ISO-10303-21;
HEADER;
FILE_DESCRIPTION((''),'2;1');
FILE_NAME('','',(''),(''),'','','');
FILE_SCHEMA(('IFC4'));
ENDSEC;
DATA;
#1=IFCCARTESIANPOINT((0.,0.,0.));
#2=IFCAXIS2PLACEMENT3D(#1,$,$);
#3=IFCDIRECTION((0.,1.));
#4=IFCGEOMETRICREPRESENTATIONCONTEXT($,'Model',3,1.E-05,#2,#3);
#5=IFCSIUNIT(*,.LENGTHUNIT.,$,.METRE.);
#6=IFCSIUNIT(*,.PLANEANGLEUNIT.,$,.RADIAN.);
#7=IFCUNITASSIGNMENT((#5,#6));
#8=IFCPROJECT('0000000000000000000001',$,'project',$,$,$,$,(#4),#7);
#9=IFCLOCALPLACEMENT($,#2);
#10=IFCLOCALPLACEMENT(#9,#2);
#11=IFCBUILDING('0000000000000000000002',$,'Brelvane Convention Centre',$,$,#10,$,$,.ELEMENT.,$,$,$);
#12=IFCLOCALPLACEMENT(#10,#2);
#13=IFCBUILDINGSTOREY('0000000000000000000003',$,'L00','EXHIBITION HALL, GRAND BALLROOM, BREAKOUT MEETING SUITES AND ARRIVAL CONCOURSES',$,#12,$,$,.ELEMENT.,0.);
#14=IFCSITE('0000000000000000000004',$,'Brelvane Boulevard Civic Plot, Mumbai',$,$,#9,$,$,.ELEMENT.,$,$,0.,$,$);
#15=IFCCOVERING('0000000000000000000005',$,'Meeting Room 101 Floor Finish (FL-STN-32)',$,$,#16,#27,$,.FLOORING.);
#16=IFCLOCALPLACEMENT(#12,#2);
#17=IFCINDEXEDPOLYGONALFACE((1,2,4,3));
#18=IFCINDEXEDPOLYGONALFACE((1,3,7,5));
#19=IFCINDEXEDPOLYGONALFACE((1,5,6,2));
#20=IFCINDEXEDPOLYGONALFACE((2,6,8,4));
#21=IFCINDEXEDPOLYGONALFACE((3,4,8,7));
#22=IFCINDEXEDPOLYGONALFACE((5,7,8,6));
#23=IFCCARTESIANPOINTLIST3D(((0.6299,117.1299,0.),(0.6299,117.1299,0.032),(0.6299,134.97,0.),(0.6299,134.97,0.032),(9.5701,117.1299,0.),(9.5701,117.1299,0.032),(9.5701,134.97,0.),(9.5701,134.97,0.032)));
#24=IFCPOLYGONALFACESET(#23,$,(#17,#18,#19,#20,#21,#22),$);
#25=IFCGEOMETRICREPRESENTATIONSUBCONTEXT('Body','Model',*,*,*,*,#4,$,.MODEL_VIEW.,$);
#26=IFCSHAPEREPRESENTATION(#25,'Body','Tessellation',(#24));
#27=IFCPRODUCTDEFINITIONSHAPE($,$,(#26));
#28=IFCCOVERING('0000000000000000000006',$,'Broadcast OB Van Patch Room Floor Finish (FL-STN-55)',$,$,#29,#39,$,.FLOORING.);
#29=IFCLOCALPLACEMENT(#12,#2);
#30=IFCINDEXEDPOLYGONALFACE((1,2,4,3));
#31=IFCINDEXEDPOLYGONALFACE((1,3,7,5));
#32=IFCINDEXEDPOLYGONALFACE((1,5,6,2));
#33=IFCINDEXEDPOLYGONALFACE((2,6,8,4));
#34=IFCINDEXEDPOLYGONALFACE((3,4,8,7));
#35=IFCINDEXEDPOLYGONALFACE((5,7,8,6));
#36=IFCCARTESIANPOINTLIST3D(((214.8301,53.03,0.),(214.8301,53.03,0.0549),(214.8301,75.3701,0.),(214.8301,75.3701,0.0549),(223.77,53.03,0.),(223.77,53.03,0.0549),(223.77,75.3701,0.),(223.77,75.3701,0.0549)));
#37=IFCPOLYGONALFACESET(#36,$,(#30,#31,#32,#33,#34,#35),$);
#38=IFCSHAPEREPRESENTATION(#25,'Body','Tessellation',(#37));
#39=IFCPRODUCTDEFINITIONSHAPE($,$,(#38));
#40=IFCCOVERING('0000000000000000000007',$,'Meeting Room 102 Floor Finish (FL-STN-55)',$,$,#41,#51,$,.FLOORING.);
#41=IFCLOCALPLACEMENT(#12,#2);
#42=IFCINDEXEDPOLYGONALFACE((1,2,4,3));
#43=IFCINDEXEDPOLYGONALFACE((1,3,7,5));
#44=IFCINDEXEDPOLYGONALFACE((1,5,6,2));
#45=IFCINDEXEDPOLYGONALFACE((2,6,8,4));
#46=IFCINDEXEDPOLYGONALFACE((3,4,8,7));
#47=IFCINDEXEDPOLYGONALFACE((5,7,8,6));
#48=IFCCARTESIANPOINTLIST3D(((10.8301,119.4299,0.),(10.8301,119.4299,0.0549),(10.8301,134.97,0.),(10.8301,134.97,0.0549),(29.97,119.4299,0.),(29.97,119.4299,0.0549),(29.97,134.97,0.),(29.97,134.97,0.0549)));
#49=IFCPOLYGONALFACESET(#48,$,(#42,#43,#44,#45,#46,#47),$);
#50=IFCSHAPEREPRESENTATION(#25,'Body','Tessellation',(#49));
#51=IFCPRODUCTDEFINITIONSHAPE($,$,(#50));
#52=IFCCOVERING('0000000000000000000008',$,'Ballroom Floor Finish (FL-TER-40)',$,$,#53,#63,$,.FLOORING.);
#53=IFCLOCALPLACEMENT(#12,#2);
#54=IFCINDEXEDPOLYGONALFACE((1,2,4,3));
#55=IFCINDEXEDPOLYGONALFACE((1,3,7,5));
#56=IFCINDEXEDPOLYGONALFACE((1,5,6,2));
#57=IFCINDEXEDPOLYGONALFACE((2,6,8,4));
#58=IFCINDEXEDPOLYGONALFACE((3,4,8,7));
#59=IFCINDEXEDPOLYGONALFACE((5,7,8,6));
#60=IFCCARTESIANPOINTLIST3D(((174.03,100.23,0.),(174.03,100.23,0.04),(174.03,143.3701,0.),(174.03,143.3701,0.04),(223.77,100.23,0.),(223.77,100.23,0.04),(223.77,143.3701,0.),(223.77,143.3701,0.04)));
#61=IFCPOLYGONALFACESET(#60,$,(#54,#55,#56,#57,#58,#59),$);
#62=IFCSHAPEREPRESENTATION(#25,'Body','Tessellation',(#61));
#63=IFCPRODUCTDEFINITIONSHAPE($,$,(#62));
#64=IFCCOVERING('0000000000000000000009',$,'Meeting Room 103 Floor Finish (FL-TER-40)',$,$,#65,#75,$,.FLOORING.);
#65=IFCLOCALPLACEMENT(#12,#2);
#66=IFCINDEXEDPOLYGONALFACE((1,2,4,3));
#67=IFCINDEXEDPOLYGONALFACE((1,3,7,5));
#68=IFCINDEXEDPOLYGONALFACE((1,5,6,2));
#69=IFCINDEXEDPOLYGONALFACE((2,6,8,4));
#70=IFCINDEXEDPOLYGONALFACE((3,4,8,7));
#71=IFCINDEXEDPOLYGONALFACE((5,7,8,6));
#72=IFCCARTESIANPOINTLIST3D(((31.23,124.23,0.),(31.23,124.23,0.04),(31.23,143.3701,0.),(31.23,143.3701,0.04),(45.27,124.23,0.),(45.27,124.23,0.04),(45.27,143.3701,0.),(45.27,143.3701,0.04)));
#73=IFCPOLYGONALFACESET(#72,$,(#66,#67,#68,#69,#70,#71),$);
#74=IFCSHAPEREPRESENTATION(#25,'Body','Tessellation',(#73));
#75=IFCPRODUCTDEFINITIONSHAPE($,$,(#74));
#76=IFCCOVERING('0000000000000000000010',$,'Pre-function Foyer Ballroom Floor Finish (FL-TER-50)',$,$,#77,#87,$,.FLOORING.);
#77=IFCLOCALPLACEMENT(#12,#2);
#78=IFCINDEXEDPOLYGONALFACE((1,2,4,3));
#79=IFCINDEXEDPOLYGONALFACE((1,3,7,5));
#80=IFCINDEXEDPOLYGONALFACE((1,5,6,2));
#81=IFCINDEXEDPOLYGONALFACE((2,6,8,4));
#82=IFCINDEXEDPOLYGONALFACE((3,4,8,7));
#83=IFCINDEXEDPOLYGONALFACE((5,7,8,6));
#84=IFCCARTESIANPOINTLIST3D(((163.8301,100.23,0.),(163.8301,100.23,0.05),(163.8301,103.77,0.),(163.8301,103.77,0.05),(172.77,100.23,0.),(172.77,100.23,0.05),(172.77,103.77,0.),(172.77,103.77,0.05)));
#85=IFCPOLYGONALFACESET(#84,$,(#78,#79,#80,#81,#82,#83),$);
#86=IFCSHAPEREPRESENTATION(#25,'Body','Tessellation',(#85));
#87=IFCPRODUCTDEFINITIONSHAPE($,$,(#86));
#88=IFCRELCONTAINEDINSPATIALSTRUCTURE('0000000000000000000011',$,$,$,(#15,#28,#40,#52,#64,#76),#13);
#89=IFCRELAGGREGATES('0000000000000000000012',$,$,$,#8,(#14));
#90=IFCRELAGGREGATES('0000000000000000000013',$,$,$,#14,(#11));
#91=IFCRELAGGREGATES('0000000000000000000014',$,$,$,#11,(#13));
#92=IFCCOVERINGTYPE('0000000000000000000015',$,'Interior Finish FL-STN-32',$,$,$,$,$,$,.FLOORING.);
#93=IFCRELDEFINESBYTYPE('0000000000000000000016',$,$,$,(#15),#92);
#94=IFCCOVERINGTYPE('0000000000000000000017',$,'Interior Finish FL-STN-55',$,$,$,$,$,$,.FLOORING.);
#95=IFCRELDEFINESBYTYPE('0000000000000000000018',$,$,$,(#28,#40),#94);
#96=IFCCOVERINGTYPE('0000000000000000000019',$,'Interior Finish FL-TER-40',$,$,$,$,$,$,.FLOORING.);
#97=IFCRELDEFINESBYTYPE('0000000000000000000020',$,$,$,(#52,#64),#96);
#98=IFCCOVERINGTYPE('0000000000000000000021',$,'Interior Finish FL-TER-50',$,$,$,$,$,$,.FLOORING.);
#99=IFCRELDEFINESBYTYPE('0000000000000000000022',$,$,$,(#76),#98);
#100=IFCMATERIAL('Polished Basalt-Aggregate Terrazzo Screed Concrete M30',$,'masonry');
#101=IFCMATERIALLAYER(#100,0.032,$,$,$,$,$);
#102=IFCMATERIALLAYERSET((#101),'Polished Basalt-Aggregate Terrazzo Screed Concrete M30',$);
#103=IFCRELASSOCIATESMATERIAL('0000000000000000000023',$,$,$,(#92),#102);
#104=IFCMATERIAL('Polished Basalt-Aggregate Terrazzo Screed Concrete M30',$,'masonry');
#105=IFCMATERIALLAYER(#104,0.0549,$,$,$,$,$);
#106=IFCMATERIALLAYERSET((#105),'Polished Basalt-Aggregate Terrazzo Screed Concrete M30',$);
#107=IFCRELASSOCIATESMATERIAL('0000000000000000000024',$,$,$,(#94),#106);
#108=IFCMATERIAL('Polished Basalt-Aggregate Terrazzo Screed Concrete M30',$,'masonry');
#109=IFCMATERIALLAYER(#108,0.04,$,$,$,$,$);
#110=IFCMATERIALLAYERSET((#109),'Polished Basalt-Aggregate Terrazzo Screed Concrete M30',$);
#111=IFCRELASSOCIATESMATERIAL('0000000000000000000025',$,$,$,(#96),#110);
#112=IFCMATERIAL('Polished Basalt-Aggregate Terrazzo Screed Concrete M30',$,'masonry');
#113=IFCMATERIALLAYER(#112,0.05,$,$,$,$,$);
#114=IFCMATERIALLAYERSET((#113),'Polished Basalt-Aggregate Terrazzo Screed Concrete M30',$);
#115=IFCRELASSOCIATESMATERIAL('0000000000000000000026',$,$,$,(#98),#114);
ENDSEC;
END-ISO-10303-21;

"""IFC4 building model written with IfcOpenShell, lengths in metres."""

from ifc_helpers import new_model, si_unit, direction, origin, place, context, subcontext, project, spatial, polyline, outline, extrude, material, layer, layer_set, type_object, element, save


model = new_model("IFC4")

# Units and contexts
model_context = context("Model", 3, precision=1e-05, world=origin(), true_north=direction((0.0, 1.0)))
body_context = subcontext(model_context, "Body", "Model", "MODEL_VIEW")
ifc_project = project(units=[si_unit("LENGTHUNIT", "METRE"), si_unit("PLANEANGLEUNIT", "RADIAN")], contexts=[model_context])

# Site, building, storey
site_placement = place(None, origin())
site = spatial("IfcSite", under=ifc_project, at=site_placement, Name="Brelvane Boulevard Civic Plot, Mumbai", CompositionType="ELEMENT", RefElevation=0.0)
building_placement = place(site_placement, origin())
building = spatial("IfcBuilding", under=site, at=building_placement, Name="Brelvane Convention Centre", CompositionType="ELEMENT")
storey_placement = place(building_placement, origin())
storey = spatial("IfcBuildingStorey", under=building, at=storey_placement, Name="L00", Description="EXHIBITION HALL, GRAND BALLROOM, BREAKOUT MEETING SUITES AND ARRIVAL CONCOURSES", CompositionType="ELEMENT", Elevation=0.0)

# Coverings
ifc_material_1 = material(Name="Polished Basalt-Aggregate Terrazzo Screed Concrete M30", Category="masonry")
ifc_layer_1 = layer(ifc_material_1, 0.032)
ifc_layer_set_1 = layer_set([ifc_layer_1], Name="Polished Basalt-Aggregate Terrazzo Screed Concrete M30")
covering_type_1 = type_object("IfcCoveringType", Name="Interior Finish FL-STN-32", PredefinedType="FLOORING", material=ifc_layer_set_1)
covering_1_placement = place(storey_placement, origin())
element("IfcCovering", 1, at=covering_1_placement, inside=storey, type_object=covering_type_1, Name="Meeting Room 101 Floor Finish (FL-STN-32)", PredefinedType="FLOORING", context=body_context, shape_type="SweptSolid", body=[
    extrude(outline(polyline([(0.6299, 117.1299), (9.5701, 117.1299), (9.5701, 134.97), (0.6299, 134.97), (0.6299, 117.1299)])), origin(), (0.0, 0.0, 1.0), 0.032),
])
ifc_material_2 = material(Name="Polished Basalt-Aggregate Terrazzo Screed Concrete M30", Category="masonry")
ifc_layer_2 = layer(ifc_material_2, 0.0549)
ifc_layer_set_2 = layer_set([ifc_layer_2], Name="Polished Basalt-Aggregate Terrazzo Screed Concrete M30")
covering_type_2 = type_object("IfcCoveringType", Name="Interior Finish FL-STN-55", PredefinedType="FLOORING", material=ifc_layer_set_2)
covering_2_placement = place(storey_placement, origin())
element("IfcCovering", 2, at=covering_2_placement, inside=storey, type_object=covering_type_2, Name="Broadcast OB Van Patch Room Floor Finish (FL-STN-55)", PredefinedType="FLOORING", context=body_context, shape_type="SweptSolid", body=[
    extrude(outline(polyline([(214.8301, 53.03), (223.77, 53.03), (223.77, 75.3701), (214.8301, 75.3701), (214.8301, 53.03)])), origin(), (0.0, 0.0, 1.0), 0.0549),
])
covering_3_placement = place(storey_placement, origin())
element("IfcCovering", 3, at=covering_3_placement, inside=storey, type_object=covering_type_2, Name="Meeting Room 102 Floor Finish (FL-STN-55)", PredefinedType="FLOORING", context=body_context, shape_type="SweptSolid", body=[
    extrude(outline(polyline([(10.8301, 119.4299), (29.97, 119.4299), (29.97, 134.97), (10.8301, 134.97), (10.8301, 119.4299)])), origin(), (0.0, 0.0, 1.0), 0.0549),
])
ifc_material_3 = material(Name="Polished Basalt-Aggregate Terrazzo Screed Concrete M30", Category="masonry")
ifc_layer_3 = layer(ifc_material_3, 0.04)
ifc_layer_set_3 = layer_set([ifc_layer_3], Name="Polished Basalt-Aggregate Terrazzo Screed Concrete M30")
covering_type_3 = type_object("IfcCoveringType", Name="Interior Finish FL-TER-40", PredefinedType="FLOORING", material=ifc_layer_set_3)
covering_4_placement = place(storey_placement, origin())
element("IfcCovering", 4, at=covering_4_placement, inside=storey, type_object=covering_type_3, Name="Ballroom Floor Finish (FL-TER-40)", PredefinedType="FLOORING", context=body_context, shape_type="SweptSolid", body=[
    extrude(outline(polyline([(174.03, 100.23), (223.77, 100.23), (223.77, 143.3701), (174.03, 143.3701), (174.03, 100.23)])), origin(), (0.0, 0.0, 1.0), 0.04),
])
covering_5_placement = place(storey_placement, origin())
element("IfcCovering", 5, at=covering_5_placement, inside=storey, type_object=covering_type_3, Name="Meeting Room 103 Floor Finish (FL-TER-40)", PredefinedType="FLOORING", context=body_context, shape_type="SweptSolid", body=[
    extrude(outline(polyline([(31.23, 124.23), (45.27, 124.23), (45.27, 143.3701), (31.23, 143.3701), (31.23, 124.23)])), origin(), (0.0, 0.0, 1.0), 0.04),
])
ifc_material_4 = material(Name="Polished Basalt-Aggregate Terrazzo Screed Concrete M30", Category="masonry")
ifc_layer_4 = layer(ifc_material_4, 0.05)
ifc_layer_set_4 = layer_set([ifc_layer_4], Name="Polished Basalt-Aggregate Terrazzo Screed Concrete M30")
covering_type_4 = type_object("IfcCoveringType", Name="Interior Finish FL-TER-50", PredefinedType="FLOORING", material=ifc_layer_set_4)
covering_6_placement = place(storey_placement, origin())
element("IfcCovering", 6, at=covering_6_placement, inside=storey, type_object=covering_type_4, Name="Pre-function Foyer Ballroom Floor Finish (FL-TER-50)", PredefinedType="FLOORING", context=body_context, shape_type="SweptSolid", body=[
    extrude(outline(polyline([(163.8301, 100.23), (172.77, 100.23), (172.77, 103.77), (163.8301, 103.77), (163.8301, 100.23)])), origin(), (0.0, 0.0, 1.0), 0.05),
])

save(model, "model.ifc")
